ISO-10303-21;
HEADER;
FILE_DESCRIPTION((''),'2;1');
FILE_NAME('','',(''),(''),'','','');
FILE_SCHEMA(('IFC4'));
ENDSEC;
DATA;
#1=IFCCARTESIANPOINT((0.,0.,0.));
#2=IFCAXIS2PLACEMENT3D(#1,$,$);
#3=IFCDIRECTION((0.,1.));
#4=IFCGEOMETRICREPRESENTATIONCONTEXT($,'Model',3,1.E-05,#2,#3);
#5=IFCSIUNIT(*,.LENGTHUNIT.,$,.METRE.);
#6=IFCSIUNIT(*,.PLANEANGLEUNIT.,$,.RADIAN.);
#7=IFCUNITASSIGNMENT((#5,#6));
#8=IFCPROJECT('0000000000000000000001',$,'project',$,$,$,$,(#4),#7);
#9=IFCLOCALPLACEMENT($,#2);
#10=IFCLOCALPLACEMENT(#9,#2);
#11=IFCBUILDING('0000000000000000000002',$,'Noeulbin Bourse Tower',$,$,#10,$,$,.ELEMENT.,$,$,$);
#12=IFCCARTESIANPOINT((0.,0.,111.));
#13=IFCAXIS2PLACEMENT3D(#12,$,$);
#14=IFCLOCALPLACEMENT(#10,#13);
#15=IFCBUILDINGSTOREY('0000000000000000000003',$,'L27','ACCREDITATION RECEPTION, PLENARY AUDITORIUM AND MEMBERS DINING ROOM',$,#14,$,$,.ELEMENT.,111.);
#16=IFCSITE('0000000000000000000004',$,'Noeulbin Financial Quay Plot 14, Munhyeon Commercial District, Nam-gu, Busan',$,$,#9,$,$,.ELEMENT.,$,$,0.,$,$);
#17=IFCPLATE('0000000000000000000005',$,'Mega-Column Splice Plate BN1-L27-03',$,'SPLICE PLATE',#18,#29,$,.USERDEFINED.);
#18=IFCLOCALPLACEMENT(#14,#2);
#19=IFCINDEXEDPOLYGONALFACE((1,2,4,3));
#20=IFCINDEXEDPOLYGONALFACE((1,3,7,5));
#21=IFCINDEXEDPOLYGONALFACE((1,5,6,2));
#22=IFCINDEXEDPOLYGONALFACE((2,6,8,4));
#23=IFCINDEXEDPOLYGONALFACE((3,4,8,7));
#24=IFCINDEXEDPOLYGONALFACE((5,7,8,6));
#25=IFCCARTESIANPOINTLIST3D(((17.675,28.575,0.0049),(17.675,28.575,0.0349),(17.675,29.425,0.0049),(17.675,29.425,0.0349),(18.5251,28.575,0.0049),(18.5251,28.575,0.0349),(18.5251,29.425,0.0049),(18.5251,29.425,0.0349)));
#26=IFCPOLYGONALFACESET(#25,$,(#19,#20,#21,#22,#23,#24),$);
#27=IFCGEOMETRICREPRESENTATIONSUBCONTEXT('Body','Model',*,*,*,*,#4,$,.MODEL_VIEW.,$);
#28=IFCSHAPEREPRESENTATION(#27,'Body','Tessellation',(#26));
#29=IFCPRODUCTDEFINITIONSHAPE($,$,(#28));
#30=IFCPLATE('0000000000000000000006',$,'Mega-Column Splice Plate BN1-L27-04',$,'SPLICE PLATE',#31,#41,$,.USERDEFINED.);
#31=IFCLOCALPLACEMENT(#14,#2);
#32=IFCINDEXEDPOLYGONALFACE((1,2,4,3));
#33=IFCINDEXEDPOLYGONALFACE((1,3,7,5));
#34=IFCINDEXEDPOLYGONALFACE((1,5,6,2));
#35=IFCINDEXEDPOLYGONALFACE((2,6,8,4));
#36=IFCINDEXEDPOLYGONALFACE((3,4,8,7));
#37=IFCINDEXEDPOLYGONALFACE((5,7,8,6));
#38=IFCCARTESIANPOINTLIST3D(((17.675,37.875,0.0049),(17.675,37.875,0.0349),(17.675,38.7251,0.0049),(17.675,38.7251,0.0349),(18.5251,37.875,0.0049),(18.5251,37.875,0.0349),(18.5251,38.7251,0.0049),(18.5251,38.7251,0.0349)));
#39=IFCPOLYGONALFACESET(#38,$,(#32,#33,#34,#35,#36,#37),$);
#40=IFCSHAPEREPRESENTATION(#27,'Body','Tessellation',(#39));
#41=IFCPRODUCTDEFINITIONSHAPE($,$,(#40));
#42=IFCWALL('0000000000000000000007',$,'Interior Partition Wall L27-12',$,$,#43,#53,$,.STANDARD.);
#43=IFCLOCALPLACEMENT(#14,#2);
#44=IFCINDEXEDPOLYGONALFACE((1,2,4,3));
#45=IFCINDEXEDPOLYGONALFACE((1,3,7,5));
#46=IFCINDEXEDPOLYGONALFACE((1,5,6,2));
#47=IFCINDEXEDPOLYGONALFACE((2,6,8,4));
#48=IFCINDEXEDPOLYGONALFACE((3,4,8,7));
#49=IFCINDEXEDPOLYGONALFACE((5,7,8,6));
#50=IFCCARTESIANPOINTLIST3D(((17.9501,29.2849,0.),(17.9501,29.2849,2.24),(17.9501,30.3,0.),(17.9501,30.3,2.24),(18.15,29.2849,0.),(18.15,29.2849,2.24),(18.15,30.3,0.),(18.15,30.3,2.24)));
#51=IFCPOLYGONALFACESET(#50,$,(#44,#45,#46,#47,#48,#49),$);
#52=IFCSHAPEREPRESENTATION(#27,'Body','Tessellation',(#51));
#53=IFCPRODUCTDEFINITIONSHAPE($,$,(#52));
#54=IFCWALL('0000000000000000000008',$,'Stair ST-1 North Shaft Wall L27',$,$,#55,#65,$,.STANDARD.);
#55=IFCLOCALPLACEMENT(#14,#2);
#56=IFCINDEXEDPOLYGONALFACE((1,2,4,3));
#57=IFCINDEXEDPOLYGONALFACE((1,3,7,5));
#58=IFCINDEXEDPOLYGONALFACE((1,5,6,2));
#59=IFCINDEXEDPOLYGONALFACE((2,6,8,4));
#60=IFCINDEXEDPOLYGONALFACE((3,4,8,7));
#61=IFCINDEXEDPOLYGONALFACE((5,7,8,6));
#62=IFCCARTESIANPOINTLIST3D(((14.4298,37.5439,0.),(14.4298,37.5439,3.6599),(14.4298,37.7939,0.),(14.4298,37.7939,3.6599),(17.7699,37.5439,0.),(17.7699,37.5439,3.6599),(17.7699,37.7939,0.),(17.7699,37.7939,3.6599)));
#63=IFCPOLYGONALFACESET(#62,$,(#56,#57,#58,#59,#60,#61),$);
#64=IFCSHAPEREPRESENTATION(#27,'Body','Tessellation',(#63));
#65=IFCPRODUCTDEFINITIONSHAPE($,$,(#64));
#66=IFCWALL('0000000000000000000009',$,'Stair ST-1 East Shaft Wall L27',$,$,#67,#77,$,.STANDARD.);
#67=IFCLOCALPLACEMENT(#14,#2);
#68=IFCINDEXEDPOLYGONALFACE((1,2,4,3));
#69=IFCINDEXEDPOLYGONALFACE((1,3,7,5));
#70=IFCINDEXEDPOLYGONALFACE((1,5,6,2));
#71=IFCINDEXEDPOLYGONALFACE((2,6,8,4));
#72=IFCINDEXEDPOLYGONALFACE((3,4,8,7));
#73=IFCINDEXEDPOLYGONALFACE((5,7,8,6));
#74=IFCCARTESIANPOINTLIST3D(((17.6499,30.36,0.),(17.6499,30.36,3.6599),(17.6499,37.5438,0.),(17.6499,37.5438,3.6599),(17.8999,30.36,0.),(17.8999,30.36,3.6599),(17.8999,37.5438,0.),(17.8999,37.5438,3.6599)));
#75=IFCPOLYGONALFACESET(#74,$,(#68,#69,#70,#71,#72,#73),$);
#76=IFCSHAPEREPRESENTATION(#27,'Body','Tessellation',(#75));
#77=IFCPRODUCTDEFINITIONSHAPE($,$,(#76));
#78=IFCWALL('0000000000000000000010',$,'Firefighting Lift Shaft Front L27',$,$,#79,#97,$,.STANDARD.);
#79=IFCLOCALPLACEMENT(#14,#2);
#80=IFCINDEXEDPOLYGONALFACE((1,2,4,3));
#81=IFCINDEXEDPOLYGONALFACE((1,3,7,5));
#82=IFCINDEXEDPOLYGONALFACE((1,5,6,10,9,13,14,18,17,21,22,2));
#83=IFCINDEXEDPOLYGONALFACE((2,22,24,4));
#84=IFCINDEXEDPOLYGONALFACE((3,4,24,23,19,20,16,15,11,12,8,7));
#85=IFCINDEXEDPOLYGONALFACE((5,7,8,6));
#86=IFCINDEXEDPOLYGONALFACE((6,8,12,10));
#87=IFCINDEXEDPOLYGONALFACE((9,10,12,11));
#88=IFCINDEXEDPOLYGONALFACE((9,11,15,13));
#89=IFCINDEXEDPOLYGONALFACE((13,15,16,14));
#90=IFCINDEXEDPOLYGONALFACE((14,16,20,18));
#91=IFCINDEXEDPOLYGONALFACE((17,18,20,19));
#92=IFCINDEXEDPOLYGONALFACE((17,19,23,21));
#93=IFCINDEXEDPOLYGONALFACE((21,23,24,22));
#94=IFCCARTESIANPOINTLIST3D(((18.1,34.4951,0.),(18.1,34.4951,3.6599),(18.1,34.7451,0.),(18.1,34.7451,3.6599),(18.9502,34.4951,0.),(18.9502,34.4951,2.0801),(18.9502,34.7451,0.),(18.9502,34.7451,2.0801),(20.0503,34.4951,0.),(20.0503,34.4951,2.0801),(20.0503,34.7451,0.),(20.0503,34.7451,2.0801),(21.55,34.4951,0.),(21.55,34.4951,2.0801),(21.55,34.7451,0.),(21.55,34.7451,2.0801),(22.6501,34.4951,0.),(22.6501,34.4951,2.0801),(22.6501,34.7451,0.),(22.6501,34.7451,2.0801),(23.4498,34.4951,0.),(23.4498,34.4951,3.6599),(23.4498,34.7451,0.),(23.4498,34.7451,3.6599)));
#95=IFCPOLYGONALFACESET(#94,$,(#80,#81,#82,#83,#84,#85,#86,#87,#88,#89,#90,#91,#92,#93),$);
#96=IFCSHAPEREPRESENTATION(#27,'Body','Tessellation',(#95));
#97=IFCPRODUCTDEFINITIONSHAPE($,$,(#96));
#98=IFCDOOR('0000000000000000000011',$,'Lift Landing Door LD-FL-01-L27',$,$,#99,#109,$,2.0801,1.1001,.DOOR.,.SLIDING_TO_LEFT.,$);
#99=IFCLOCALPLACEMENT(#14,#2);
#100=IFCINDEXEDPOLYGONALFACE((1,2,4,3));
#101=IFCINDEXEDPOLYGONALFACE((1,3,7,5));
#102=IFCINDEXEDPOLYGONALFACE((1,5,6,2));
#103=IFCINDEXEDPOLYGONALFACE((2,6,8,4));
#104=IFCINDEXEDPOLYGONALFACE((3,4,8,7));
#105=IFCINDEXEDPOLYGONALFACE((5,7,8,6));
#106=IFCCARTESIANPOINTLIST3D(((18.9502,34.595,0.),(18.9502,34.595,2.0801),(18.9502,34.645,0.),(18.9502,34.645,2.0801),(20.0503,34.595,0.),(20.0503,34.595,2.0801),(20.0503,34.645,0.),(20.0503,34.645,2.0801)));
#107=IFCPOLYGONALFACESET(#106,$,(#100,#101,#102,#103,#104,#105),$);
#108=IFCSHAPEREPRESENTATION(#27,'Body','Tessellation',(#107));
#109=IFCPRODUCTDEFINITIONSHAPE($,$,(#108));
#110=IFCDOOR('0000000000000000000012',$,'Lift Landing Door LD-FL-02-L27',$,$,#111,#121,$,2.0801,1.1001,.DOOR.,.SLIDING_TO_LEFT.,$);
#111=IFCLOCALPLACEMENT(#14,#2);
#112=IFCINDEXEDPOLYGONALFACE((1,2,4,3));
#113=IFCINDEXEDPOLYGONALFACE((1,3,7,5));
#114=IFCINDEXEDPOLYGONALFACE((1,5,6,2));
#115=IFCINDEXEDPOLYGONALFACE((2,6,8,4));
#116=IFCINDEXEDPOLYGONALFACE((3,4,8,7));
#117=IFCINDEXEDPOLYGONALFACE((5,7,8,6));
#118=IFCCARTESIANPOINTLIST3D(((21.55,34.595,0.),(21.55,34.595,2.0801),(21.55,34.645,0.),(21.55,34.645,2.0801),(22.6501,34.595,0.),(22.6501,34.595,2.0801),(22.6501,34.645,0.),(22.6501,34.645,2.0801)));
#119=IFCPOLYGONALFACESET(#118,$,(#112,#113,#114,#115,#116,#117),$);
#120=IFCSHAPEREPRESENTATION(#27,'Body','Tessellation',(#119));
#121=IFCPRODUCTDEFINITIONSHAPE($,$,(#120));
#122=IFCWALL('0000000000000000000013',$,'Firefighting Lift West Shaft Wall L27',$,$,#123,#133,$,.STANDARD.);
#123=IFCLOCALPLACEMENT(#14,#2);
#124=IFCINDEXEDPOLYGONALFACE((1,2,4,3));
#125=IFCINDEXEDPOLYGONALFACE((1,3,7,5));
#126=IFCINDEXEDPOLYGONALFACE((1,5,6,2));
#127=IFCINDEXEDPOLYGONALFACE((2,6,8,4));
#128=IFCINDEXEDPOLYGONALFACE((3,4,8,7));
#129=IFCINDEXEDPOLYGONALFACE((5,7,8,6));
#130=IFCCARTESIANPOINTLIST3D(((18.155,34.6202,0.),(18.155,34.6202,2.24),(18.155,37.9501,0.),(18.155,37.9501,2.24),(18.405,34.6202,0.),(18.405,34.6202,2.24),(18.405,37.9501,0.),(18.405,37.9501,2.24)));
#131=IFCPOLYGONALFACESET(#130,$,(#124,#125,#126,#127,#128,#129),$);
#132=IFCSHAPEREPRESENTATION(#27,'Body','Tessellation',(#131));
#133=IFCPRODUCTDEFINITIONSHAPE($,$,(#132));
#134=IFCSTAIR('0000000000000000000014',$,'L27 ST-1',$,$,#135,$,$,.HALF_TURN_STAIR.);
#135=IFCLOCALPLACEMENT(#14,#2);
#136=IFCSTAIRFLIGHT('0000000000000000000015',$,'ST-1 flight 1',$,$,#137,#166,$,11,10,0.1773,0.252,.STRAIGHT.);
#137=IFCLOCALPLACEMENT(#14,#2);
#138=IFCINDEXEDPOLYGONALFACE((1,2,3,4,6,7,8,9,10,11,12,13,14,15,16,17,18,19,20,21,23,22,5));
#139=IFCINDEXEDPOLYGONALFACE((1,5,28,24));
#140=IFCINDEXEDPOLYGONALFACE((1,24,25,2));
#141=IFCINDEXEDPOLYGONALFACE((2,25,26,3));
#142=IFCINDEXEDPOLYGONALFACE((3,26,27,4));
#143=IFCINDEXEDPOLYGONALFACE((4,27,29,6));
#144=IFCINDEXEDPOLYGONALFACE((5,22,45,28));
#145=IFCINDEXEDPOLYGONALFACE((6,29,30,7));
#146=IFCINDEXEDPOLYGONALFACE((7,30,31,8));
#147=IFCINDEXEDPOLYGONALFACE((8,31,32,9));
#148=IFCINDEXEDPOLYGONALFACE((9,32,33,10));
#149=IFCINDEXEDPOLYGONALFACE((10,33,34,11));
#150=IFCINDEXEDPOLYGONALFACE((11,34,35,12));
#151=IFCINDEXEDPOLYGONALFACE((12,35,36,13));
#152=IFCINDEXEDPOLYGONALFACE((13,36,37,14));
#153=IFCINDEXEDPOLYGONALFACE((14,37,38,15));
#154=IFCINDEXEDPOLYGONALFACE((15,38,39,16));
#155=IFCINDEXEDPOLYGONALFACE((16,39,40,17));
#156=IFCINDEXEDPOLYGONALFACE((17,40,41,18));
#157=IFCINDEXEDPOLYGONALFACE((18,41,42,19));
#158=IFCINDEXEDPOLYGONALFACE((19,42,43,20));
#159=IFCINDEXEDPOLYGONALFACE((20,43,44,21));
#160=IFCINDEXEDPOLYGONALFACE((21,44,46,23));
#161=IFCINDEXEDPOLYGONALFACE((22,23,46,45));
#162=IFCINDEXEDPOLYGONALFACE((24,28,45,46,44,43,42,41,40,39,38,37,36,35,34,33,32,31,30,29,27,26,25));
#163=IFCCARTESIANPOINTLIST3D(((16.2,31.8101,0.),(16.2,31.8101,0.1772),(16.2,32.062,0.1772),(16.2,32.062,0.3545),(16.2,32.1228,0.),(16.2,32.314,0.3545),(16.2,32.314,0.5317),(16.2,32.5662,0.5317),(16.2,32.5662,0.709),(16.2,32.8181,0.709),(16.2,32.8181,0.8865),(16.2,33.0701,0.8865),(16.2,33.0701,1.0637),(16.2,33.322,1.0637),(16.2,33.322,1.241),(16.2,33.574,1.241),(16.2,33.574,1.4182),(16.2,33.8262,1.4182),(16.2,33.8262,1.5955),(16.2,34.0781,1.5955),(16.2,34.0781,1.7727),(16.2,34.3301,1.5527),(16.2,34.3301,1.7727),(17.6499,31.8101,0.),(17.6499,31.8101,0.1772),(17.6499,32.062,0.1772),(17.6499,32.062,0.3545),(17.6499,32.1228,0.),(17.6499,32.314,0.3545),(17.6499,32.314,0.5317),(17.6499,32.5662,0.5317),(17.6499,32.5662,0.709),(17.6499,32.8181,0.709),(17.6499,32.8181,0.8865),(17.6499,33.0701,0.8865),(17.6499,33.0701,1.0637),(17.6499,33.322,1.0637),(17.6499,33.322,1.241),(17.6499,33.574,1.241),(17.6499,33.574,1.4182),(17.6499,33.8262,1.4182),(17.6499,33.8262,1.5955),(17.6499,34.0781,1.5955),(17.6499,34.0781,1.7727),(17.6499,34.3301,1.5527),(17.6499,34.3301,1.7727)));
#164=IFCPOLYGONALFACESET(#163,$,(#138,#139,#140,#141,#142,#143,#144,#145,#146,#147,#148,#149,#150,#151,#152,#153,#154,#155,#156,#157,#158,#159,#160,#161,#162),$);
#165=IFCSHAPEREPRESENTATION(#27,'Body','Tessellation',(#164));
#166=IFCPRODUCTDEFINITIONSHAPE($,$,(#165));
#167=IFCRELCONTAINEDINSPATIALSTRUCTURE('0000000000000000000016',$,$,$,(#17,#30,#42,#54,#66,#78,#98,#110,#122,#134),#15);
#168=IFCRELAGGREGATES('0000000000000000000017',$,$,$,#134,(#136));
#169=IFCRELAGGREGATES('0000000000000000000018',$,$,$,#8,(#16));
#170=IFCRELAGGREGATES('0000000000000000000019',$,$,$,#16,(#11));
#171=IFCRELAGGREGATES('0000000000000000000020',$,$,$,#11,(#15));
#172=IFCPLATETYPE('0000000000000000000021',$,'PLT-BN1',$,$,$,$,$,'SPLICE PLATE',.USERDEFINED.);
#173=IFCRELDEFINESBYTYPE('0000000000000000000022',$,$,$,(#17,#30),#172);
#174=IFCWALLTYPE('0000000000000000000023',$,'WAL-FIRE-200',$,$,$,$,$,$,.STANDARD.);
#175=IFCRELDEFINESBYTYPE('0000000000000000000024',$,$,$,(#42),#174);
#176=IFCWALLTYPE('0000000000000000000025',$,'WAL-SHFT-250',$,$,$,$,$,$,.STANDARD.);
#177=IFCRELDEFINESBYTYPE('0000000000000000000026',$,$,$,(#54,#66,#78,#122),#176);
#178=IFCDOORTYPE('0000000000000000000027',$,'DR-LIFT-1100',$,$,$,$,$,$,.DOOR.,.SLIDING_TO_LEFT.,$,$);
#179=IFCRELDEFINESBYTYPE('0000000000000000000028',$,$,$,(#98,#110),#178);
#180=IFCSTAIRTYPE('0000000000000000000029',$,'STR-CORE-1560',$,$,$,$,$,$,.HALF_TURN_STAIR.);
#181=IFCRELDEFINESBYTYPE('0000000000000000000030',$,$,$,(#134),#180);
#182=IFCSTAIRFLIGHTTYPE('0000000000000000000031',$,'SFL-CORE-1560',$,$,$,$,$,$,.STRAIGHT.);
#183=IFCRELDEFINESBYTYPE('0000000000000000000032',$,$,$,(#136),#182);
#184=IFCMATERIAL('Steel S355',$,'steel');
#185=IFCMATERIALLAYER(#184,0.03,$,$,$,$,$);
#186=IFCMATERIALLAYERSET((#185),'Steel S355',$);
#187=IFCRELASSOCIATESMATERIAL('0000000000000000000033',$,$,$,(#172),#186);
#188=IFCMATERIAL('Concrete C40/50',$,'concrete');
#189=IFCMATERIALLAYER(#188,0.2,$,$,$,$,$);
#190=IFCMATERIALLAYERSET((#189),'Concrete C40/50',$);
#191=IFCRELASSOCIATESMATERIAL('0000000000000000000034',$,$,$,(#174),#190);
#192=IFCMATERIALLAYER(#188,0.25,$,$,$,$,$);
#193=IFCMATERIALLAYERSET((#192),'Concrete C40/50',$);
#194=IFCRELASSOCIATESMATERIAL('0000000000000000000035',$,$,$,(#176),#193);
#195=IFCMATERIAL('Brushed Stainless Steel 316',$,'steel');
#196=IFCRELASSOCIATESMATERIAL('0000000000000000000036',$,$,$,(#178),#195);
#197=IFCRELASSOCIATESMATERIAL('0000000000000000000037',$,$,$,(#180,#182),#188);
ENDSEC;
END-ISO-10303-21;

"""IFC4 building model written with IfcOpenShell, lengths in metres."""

from ifc_helpers import new_model, si_unit, direction, frame, frame_2d, origin, origin_2d, place, context, subcontext, project, spatial, polyline, rectangle, outline, extrude, material, layer, layer_set, type_object, element, fill, aggregate, save


model = new_model("IFC4")

# Units and contexts
model_context = context("Model", 3, precision=1e-05, world=origin(), true_north=direction((0.0, 1.0)))
body_context = subcontext(model_context, "Body", "Model", "MODEL_VIEW")
ifc_project = project(units=[si_unit("LENGTHUNIT", "METRE"), si_unit("PLANEANGLEUNIT", "RADIAN")], contexts=[model_context])

# Site, building, storey
site_placement = place(None, origin())
site = spatial("IfcSite", under=ifc_project, at=site_placement, Name="Noeulbin Financial Quay Plot 14, Munhyeon Commercial District, Nam-gu, Busan", CompositionType="ELEMENT", RefElevation=0.0)
building_placement = place(site_placement, origin())
building = spatial("IfcBuilding", under=site, at=building_placement, Name="Noeulbin Bourse Tower", CompositionType="ELEMENT")
storey_placement = place(building_placement, frame((0.0, 0.0, 111.0)))
storey = spatial("IfcBuildingStorey", under=building, at=storey_placement, Name="L27", Description="ACCREDITATION RECEPTION, PLENARY AUDITORIUM AND MEMBERS DINING ROOM", CompositionType="ELEMENT", Elevation=111.0)

# Shared definitions
ifc_material_1 = material(Name="Steel S355", Category="steel")

# Plates
ifc_layer_1 = layer(ifc_material_1, 0.03)
ifc_layer_set_1 = layer_set([ifc_layer_1], Name="Steel S355")
plate_type_1 = type_object("IfcPlateType", Name="PLT-BN1", ElementType="SPLICE PLATE", PredefinedType="USERDEFINED", material=ifc_layer_set_1)
for number, where, z_axis, x_axis, name in (
    (1, (18.1001, 29.0, 0.0049), (0.0, 0.0, 1.0), (1.0, 0.0, 0.0), "Mega-Column Splice Plate BN1-L27-03"),
    (2, (18.1001, 38.3, 0.0049), (0.0, 0.0, 1.0), (1.0, 0.0, 0.0), "Mega-Column Splice Plate BN1-L27-04"),
):
    element("IfcPlate", number, at=place(storey_placement, frame(where, z_axis=z_axis, x_axis=x_axis)), inside=storey, type_object=plate_type_1, Name=name, ObjectType="SPLICE PLATE", PredefinedType="USERDEFINED", context=body_context, shape_type="SweptSolid", body=[
        extrude(rectangle(XDim=0.8501, YDim=0.8501, at=origin_2d()), origin(), (0.0, 0.0, 1.0), 0.03),
    ])

# Walls
ifc_material_2 = material(Name="Concrete C40/50", Category="concrete")
ifc_layer_2 = layer(ifc_material_2, 0.2)
ifc_layer_set_2 = layer_set([ifc_layer_2], Name="Concrete C40/50")
wall_type_1 = type_object("IfcWallType", Name="WAL-FIRE-200", PredefinedType="STANDARD", material=ifc_layer_set_2)
wall_1_placement = place(storey_placement, frame((18.05, 29.2849, 0.0), z_axis=(0.0, 0.0, 1.0), x_axis=(0.0, 1.0, 0.0)))
element("IfcWall", 3, at=wall_1_placement, inside=storey, type_object=wall_type_1, Name="Interior Partition Wall L27-12", PredefinedType="STANDARD", context=body_context, shape_type="SweptSolid", body=[
    extrude(rectangle(XDim=1.0151, YDim=0.2, at=frame_2d((0.5076, 0.0))), origin(), (0.0, 0.0, 1.0), 2.24),
])
ifc_layer_3 = layer(ifc_material_2, 0.25)
ifc_layer_set_3 = layer_set([ifc_layer_3], Name="Concrete C40/50")
wall_type_2 = type_object("IfcWallType", Name="WAL-SHFT-250", PredefinedType="STANDARD", material=ifc_layer_set_3)
wall_2_placement = place(storey_placement, frame((14.4299, 37.6689, 0.0), z_axis=(0.0, 0.0, 1.0), x_axis=(1.0, 0.0, 0.0)))
element("IfcWall", 4, at=wall_2_placement, inside=storey, type_object=wall_type_2, Name="Stair ST-1 North Shaft Wall L27", PredefinedType="STANDARD", context=body_context, shape_type="SweptSolid", body=[
    extrude(rectangle(XDim=3.3401, YDim=0.25, at=frame_2d((1.6699, 0.0))), origin(), (0.0, 0.0, 1.0), 3.6599),
])
wall_3_placement = place(storey_placement, frame((17.7749, 30.3601, 0.0), z_axis=(0.0, 0.0, 1.0), x_axis=(0.0, 1.0, 0.0)))
element("IfcWall", 5, at=wall_3_placement, inside=storey, type_object=wall_type_2, Name="Stair ST-1 East Shaft Wall L27", PredefinedType="STANDARD", context=body_context, shape_type="SweptSolid", body=[
    extrude(rectangle(XDim=7.1838, YDim=0.25, at=frame_2d((3.5918, 0.0))), origin(), (0.0, 0.0, 1.0), 3.6599),
])

# Wall, openings, doors
wall_4_placement = place(storey_placement, frame((18.1001, 34.6201, 0.0), z_axis=(0.0, 0.0, 1.0), x_axis=(1.0, 0.0, 0.0)))
wall_4 = element("IfcWall", 6, at=wall_4_placement, inside=storey, type_object=wall_type_2, Name="Firefighting Lift Shaft Front L27", PredefinedType="STANDARD", context=body_context, shape_type="SweptSolid", body=[
    extrude(rectangle(XDim=5.3499, YDim=0.25, at=frame_2d((2.6748, 0.0))), origin(), (0.0, 0.0, 1.0), 3.6599),
])
opening_1_placement = place(wall_4_placement, frame((0.8501, 0.0, 0.0)))
opening_1 = element("IfcOpeningElement", 7, at=opening_1_placement, cuts=wall_4, PredefinedType="OPENING", context=body_context, shape_type="SweptSolid", body=[
    extrude(rectangle(XDim=1.1001, YDim=2.0801, at=frame_2d((0.55, 1.04))), frame((0.0, 0.135, 0.0), z_axis=(0.0, -1.0, 0.0), x_axis=(1.0, 0.0, 0.0)), (0.0, 0.0, 1.0), 0.27),
])
opening_2_placement = place(wall_4_placement, frame((3.45, 0.0, 0.0)))
opening_2 = element("IfcOpeningElement", 8, at=opening_2_placement, cuts=wall_4, PredefinedType="OPENING", context=body_context, shape_type="SweptSolid", body=[
    extrude(rectangle(XDim=1.1001, YDim=2.0801, at=frame_2d((0.55, 1.04))), frame((0.0, 0.135, 0.0), z_axis=(0.0, -1.0, 0.0), x_axis=(1.0, 0.0, 0.0)), (0.0, 0.0, 1.0), 0.27),
])
ifc_material_3 = material(Name="Brushed Stainless Steel 316", Category="steel")
door_type = type_object("IfcDoorType", Name="DR-LIFT-1100", OperationType="SLIDING_TO_LEFT", PredefinedType="DOOR", material=ifc_material_3)
door_1_placement = place(opening_1_placement, origin())
door_1 = element("IfcDoor", 9, at=door_1_placement, inside=storey, type_object=door_type, Name="Lift Landing Door LD-FL-01-L27", OperationType="SLIDING_TO_LEFT", OverallHeight=2.0801, OverallWidth=1.1001, PredefinedType="DOOR", context=body_context, shape_type="SweptSolid", body=[
    extrude(rectangle(XDim=1.1001, YDim=2.0801, at=frame_2d((0.55, 1.04))), frame((0.0, 0.0249, 0.0), z_axis=(0.0, -1.0, 0.0), x_axis=(1.0, 0.0, 0.0)), (0.0, 0.0, 1.0), 0.05),
])
fill(opening_1, door_1)
door_2_placement = place(opening_2_placement, origin())
door_2 = element("IfcDoor", 10, at=door_2_placement, inside=storey, type_object=door_type, Name="Lift Landing Door LD-FL-02-L27", OperationType="SLIDING_TO_LEFT", OverallHeight=2.0801, OverallWidth=1.1001, PredefinedType="DOOR", context=body_context, shape_type="SweptSolid", body=[
    extrude(rectangle(XDim=1.1001, YDim=2.0801, at=frame_2d((0.55, 1.04))), frame((0.0, 0.0249, 0.0), z_axis=(0.0, -1.0, 0.0), x_axis=(1.0, 0.0, 0.0)), (0.0, 0.0, 1.0), 0.05),
])
fill(opening_2, door_2)

# Wall
wall_5_placement = place(storey_placement, frame((18.28, 34.6201, 0.0), z_axis=(0.0, 0.0, 1.0), x_axis=(0.0, 1.0, 0.0)))
element("IfcWall", 11, at=wall_5_placement, inside=storey, type_object=wall_type_2, Name="Firefighting Lift West Shaft Wall L27", PredefinedType="STANDARD", context=body_context, shape_type="SweptSolid", body=[
    extrude(rectangle(XDim=3.3298, YDim=0.25, at=frame_2d((1.665, 0.0))), origin(), (0.0, 0.0, 1.0), 2.24),
])

# Stair, stair flight
stair_type = type_object("IfcStairType", Name="STR-CORE-1560", PredefinedType="HALF_TURN_STAIR", material=ifc_material_2)
stair_placement = place(storey_placement, origin())
stair = element("IfcStair", 12, at=stair_placement, inside=storey, type_object=stair_type, Name="L27 ST-1", PredefinedType="HALF_TURN_STAIR")
stair_flight_type = type_object("IfcStairFlightType", Name="SFL-CORE-1560", PredefinedType="STRAIGHT", material=ifc_material_2)
stair_flight_1_placement = place(storey_placement, frame((16.925, 31.8101, 0.0), z_axis=(0.0, 0.0, 1.0), x_axis=(0.0, 1.0, 0.0)))
stair_flight_1 = element("IfcStairFlight", 13, at=stair_flight_1_placement, type_object=stair_flight_type, Name="ST-1 flight 1", NumberOfRisers=11, NumberOfTreads=10, PredefinedType="STRAIGHT", RiserHeight=0.1773, TreadLength=0.252, context=body_context, shape_type="SweptSolid", body=[
    extrude(outline(polyline([(0.0, 0.0), (0.0, 0.1772), (0.252, 0.1772), (0.252, 0.3545), (0.5039, 0.3545), (0.5039, 0.5317), (0.7561, 0.5317), (0.7561, 0.709), (1.0081, 0.709), (1.0081, 0.8865), (1.26, 0.8865), (1.26, 1.0637), (1.512, 1.0637), (1.512, 1.241), (1.7639, 1.241), (1.7639, 1.4182), (2.0161, 1.4182), (2.0161, 1.5955), (2.2681, 1.5955), (2.2681, 1.7727), (2.52, 1.7727), (2.52, 1.95), (2.52, 1.5527), (0.3127, 0.0), (0.0, 0.0)])), frame((0.0, 0.7251, 0.0), z_axis=(0.0, -1.0, 0.0), x_axis=(1.0, 0.0, 0.0)), (0.0, 0.0, 1.0), 1.45),
])
aggregate(stair, [stair_flight_1])

save(model, "model.ifc")
